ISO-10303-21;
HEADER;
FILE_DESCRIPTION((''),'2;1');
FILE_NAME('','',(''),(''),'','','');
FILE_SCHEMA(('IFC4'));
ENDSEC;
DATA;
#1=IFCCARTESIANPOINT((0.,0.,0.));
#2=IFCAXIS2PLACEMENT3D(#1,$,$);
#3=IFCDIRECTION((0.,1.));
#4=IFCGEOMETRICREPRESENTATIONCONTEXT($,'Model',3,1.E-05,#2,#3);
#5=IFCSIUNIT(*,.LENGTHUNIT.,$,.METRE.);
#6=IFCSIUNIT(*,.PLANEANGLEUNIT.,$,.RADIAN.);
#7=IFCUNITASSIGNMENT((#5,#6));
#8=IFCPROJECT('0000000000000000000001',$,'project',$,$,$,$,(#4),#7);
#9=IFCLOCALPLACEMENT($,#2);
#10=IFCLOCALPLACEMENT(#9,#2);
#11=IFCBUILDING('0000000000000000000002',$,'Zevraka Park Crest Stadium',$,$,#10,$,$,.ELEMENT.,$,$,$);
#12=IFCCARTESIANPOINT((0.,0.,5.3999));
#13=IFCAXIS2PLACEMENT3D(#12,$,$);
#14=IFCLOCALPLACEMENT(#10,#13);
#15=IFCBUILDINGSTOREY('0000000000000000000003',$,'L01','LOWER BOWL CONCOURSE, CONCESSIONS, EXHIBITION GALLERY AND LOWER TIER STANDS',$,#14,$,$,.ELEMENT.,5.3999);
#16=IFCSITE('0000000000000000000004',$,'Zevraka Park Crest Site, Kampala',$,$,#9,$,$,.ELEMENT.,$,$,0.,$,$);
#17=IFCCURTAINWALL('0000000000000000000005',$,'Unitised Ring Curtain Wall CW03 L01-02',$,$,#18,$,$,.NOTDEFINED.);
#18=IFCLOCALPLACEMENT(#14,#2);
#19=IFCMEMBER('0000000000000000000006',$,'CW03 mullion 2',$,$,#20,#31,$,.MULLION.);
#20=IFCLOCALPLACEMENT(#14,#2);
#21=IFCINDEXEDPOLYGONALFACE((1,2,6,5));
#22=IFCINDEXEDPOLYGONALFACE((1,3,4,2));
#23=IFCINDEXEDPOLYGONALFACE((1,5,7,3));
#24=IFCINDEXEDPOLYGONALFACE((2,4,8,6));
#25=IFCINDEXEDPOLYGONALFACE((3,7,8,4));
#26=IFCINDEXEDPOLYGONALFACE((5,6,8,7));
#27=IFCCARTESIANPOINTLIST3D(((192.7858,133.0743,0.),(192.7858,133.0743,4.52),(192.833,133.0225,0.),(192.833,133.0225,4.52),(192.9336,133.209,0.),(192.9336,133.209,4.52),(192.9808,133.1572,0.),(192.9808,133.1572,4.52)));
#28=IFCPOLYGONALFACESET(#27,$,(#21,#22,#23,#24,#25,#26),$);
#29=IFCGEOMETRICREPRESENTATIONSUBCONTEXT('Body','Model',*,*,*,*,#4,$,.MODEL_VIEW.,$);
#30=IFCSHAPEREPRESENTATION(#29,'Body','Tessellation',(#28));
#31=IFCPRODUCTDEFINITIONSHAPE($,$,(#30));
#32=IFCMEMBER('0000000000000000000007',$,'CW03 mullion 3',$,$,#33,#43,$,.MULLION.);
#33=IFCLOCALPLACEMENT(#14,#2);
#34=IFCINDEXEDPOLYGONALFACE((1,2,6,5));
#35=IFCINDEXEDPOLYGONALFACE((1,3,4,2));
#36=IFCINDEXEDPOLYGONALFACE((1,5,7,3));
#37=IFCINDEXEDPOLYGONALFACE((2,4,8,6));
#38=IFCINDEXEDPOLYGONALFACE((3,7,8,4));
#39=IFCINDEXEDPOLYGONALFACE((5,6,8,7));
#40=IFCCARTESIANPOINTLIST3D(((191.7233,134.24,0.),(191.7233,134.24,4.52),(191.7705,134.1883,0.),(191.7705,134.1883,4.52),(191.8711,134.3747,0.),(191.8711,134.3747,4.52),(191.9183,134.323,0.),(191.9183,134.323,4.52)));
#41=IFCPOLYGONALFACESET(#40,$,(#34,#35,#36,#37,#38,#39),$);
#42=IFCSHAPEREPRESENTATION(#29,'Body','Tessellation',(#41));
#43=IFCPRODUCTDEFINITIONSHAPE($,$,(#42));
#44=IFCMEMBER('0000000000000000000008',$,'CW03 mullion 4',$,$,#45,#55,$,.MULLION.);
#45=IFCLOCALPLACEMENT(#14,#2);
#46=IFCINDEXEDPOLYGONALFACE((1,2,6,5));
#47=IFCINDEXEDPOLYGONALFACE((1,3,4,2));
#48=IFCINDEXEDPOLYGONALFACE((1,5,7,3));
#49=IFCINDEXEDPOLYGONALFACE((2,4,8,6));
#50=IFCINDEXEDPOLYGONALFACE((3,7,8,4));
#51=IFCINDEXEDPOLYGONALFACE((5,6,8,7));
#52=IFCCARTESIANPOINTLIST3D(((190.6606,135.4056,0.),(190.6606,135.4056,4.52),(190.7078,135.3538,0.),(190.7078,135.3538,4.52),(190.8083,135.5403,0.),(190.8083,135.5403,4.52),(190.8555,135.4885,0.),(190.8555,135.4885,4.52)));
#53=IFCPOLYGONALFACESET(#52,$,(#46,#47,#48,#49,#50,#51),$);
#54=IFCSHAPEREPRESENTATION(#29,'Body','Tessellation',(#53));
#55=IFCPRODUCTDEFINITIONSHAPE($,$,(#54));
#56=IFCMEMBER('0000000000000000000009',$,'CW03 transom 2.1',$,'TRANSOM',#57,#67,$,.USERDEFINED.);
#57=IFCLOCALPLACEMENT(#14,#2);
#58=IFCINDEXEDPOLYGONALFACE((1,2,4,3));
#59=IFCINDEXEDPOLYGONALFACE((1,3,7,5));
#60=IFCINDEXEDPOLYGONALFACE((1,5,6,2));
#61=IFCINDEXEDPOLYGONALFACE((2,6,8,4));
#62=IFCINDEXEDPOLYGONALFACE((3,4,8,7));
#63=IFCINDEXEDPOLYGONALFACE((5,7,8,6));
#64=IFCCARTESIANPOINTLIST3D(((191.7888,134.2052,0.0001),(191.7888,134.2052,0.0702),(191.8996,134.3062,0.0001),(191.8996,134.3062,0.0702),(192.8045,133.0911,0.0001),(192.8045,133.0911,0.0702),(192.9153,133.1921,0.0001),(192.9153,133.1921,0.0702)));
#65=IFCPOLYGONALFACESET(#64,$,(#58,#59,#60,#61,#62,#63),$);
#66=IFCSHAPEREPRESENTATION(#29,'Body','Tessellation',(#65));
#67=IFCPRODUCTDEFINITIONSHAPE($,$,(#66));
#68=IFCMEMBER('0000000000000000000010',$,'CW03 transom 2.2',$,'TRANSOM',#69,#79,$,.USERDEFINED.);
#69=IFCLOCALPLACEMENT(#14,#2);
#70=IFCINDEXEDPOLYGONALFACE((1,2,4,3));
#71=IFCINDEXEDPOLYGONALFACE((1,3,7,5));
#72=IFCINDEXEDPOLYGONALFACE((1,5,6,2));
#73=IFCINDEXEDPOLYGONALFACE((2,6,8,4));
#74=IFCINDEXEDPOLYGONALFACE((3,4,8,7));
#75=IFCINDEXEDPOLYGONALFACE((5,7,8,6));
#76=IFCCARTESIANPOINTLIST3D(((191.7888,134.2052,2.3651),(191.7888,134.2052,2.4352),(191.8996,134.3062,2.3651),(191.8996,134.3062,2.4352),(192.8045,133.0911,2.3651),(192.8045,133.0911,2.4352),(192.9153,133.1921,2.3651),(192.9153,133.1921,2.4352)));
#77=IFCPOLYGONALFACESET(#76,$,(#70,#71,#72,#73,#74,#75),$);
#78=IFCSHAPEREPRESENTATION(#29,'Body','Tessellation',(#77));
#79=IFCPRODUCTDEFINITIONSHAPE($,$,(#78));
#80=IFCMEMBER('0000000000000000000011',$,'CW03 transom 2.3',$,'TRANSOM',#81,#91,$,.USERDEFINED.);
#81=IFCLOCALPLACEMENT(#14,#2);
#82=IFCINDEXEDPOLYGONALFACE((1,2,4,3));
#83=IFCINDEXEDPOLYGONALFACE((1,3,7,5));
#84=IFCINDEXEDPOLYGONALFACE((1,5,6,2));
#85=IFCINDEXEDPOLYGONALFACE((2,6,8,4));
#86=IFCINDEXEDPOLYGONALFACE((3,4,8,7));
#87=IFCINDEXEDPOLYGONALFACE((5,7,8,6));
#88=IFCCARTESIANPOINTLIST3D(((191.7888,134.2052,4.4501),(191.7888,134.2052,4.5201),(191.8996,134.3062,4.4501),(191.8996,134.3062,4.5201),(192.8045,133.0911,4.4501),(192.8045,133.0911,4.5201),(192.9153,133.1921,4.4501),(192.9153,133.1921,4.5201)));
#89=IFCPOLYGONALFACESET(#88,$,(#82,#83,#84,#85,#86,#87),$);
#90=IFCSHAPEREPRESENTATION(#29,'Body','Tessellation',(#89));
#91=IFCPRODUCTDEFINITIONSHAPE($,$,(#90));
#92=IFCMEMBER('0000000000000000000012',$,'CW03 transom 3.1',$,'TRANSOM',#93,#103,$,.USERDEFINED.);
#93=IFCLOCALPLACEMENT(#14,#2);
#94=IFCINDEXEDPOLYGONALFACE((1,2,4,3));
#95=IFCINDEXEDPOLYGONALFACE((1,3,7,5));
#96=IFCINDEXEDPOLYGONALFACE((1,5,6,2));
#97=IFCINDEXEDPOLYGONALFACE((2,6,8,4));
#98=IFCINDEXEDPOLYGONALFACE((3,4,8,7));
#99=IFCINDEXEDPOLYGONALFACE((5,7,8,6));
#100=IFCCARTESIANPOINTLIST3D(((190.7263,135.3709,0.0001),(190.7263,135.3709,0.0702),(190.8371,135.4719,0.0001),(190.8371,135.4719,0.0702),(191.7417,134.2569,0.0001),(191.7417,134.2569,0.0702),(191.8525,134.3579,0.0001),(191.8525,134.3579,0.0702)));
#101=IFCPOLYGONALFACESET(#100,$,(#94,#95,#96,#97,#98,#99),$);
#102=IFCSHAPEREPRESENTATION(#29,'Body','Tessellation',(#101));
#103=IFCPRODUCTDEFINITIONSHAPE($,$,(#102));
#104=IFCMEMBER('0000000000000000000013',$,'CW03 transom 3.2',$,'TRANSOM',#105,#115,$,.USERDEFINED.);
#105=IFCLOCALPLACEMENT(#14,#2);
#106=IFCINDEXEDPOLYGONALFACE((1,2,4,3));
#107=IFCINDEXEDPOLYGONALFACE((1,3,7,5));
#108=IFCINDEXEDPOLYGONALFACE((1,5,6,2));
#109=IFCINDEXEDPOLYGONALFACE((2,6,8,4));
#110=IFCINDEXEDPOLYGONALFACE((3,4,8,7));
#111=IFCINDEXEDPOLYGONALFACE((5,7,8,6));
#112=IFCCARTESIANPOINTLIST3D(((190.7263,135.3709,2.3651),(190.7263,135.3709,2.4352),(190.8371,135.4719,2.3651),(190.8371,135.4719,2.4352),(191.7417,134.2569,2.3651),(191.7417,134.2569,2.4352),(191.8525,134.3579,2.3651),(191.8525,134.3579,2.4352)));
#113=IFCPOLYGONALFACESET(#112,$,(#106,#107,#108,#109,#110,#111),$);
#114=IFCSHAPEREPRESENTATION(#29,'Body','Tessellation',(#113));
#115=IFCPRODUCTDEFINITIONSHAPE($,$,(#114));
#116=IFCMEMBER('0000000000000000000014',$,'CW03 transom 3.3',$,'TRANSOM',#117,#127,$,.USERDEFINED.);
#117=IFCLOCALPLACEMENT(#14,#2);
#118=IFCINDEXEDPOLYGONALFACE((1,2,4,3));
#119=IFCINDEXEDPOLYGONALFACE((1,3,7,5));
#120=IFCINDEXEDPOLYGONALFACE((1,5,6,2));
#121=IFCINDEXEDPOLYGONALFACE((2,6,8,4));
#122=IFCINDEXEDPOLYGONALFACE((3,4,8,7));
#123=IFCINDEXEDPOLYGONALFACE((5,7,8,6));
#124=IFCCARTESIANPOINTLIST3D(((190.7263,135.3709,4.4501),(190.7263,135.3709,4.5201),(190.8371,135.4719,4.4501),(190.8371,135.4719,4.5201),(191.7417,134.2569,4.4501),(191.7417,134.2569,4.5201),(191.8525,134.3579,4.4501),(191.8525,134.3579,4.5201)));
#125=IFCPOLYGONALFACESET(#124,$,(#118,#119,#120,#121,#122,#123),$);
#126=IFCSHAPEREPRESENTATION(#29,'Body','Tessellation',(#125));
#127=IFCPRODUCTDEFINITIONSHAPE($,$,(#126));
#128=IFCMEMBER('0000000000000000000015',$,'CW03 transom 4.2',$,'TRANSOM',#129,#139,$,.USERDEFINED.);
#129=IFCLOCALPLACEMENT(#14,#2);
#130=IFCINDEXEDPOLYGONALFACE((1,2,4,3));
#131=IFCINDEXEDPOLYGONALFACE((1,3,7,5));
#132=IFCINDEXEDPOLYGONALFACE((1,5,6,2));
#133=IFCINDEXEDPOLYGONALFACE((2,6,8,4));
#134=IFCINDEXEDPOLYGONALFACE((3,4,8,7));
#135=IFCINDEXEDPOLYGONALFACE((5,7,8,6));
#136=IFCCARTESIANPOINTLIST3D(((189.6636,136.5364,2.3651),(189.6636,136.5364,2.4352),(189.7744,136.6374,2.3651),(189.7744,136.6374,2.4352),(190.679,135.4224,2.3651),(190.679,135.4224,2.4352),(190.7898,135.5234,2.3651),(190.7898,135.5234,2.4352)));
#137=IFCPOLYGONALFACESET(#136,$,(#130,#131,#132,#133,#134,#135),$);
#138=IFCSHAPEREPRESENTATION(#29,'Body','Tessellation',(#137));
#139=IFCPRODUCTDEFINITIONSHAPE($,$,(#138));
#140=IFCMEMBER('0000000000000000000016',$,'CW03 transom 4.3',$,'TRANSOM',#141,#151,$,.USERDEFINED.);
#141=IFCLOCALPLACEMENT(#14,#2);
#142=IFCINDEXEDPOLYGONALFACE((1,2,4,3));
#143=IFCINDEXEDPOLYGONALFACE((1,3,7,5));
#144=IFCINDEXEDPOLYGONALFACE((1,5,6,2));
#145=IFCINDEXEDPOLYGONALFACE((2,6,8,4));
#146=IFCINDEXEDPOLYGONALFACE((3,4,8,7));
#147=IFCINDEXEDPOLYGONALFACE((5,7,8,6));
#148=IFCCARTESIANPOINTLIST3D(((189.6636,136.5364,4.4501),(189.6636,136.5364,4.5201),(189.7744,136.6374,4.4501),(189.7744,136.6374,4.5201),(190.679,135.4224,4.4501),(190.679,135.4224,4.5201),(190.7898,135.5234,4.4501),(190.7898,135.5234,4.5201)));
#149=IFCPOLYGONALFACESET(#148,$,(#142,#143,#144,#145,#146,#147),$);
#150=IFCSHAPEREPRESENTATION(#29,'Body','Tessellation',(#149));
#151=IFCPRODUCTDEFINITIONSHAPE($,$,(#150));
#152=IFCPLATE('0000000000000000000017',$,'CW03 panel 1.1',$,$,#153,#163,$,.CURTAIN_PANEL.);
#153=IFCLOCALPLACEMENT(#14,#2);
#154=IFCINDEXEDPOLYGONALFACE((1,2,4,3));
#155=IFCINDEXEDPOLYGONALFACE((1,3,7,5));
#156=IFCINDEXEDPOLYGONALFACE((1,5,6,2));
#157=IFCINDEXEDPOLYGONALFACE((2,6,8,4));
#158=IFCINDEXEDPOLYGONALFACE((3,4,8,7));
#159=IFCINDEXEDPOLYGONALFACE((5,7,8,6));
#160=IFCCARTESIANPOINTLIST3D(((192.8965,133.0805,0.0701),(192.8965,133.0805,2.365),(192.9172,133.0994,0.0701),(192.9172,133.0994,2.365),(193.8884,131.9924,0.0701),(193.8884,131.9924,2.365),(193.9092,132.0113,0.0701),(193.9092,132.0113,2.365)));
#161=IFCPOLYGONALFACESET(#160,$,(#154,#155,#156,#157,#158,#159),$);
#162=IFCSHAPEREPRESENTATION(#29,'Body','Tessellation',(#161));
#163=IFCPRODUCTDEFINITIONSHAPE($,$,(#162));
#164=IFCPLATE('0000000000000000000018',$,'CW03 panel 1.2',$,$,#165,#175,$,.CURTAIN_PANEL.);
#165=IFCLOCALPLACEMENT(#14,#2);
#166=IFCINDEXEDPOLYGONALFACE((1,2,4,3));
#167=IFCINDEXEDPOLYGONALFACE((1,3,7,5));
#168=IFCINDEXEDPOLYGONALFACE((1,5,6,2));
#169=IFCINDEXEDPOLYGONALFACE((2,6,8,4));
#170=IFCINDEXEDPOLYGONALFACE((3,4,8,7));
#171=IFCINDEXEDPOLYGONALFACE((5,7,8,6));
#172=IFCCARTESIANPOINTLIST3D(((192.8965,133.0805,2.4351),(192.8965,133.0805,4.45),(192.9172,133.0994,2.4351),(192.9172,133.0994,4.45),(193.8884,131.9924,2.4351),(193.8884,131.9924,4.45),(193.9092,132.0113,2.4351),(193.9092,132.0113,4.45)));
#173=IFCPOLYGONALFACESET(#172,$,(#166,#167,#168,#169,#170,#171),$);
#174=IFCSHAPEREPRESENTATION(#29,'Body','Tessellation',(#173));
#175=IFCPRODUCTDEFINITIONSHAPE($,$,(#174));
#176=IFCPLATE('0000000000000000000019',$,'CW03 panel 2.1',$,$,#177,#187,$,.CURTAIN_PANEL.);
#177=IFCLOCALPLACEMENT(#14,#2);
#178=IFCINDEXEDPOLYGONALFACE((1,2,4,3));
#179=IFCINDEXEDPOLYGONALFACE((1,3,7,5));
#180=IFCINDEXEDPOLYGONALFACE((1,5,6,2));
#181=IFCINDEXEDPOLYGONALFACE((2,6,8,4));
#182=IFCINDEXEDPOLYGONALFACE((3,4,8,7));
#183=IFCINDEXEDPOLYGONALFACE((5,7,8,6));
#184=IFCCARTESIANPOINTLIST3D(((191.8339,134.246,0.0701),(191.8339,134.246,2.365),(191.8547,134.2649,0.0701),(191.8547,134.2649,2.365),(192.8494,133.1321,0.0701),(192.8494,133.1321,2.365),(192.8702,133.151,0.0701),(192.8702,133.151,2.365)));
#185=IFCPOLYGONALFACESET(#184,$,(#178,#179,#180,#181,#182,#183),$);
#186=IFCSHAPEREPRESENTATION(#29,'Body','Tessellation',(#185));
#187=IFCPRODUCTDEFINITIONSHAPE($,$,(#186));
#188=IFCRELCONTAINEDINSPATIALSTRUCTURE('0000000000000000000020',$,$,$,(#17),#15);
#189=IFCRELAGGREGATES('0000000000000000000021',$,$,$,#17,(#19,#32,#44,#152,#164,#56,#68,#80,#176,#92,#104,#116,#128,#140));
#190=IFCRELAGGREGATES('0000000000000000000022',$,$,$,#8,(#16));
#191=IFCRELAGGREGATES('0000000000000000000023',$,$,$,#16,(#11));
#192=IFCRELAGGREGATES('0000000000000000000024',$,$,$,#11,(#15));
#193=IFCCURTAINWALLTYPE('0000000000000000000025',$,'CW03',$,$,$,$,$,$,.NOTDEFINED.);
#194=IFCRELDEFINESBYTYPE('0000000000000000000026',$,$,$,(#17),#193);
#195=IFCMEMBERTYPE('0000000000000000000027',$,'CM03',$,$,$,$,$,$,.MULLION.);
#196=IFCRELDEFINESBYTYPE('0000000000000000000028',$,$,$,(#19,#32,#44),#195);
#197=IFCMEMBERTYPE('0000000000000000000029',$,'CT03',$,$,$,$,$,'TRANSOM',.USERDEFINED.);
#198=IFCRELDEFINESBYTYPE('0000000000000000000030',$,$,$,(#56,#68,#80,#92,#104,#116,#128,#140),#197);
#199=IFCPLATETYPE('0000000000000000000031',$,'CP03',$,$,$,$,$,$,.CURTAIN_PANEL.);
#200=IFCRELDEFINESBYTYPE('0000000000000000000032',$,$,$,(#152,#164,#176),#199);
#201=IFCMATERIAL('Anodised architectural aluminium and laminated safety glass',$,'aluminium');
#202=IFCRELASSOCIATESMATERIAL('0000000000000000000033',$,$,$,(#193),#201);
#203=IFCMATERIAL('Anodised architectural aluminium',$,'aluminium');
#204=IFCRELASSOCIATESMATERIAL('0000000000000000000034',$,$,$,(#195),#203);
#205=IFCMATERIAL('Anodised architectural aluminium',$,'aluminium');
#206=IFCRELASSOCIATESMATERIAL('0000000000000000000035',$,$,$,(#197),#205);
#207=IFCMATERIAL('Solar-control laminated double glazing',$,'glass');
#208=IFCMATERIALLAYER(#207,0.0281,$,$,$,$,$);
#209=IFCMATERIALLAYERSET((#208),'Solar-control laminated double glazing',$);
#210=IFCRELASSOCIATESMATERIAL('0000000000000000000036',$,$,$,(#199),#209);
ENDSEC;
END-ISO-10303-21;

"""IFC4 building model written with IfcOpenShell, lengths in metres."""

from ifc_helpers import new_model, si_unit, direction, frame, origin, origin_2d, place, context, subcontext, project, spatial, rectangle, extrude, material, layer, layer_set, material_profile, profile_set, type_object, element, aggregate, save


model = new_model("IFC4")

# Units and contexts
model_context = context("Model", 3, precision=1e-05, world=origin(), true_north=direction((0.0, 1.0)))
body_context = subcontext(model_context, "Body", "Model", "MODEL_VIEW")
ifc_project = project(units=[si_unit("LENGTHUNIT", "METRE"), si_unit("PLANEANGLEUNIT", "RADIAN")], contexts=[model_context])

# Site, building, storey
site_placement = place(None, origin())
site = spatial("IfcSite", under=ifc_project, at=site_placement, Name="Zevraka Park Crest Site, Kampala", CompositionType="ELEMENT", RefElevation=0.0)
building_placement = place(site_placement, origin())
building = spatial("IfcBuilding", under=site, at=building_placement, Name="Zevraka Park Crest Stadium", CompositionType="ELEMENT")
storey_placement = place(building_placement, frame((0.0, 0.0, 5.3999)))
storey = spatial("IfcBuildingStorey", under=building, at=storey_placement, Name="L01", Description="LOWER BOWL CONCOURSE, CONCESSIONS, EXHIBITION GALLERY AND LOWER TIER STANDS", CompositionType="ELEMENT", Elevation=5.3999)

# Curtain wall, members, plates
ifc_material_1 = material(Name="Anodised architectural aluminium and laminated safety glass", Category="aluminium")
curtain_wall_type = type_object("IfcCurtainWallType", Name="CW03", PredefinedType="NOTDEFINED", material=ifc_material_1)
curtain_wall_placement = place(storey_placement, origin())
curtain_wall = element("IfcCurtainWall", 1, at=curtain_wall_placement, inside=storey, type_object=curtain_wall_type, Name="Unitised Ring Curtain Wall CW03 L01-02", PredefinedType="NOTDEFINED")
ifc_material_2 = material(Name="Anodised architectural aluminium", Category="aluminium")
ifc_material_profile_1 = material_profile(ifc_material_2, rectangle(XDim=0.2, YDim=0.0701, at=origin_2d()), Name="ALU MULLION 200x70")
ifc_profile_set_1 = profile_set([ifc_material_profile_1], Name="Anodised architectural aluminium")
member_type_1 = type_object("IfcMemberType", Name="CM03", PredefinedType="MULLION", material=ifc_profile_set_1)
member_1_placement = place(storey_placement, frame((192.8833, 133.1157, 0.0), z_axis=(0.0, 0.0, 1.0), x_axis=(-0.739023, -0.67368, 0.0)))
member_1 = element("IfcMember", 2, at=member_1_placement, type_object=member_type_1, Name="CW03 mullion 2", PredefinedType="MULLION", context=body_context, shape_type="SweptSolid", body=[
    extrude(rectangle(XDim=0.2, YDim=0.0701, at=origin_2d()), origin(), (0.0, 0.0, 1.0), 4.52),
])
member_2_placement = place(storey_placement, frame((191.8208, 134.2815, 0.0), z_axis=(0.0, 0.0, 1.0), x_axis=(-0.739023, -0.67368, 0.0)))
member_2 = element("IfcMember", 3, at=member_2_placement, type_object=member_type_1, Name="CW03 mullion 3", PredefinedType="MULLION", context=body_context, shape_type="SweptSolid", body=[
    extrude(rectangle(XDim=0.2, YDim=0.0701, at=origin_2d()), origin(), (0.0, 0.0, 1.0), 4.52),
])
member_3_placement = place(storey_placement, frame((190.7581, 135.447, 0.0), z_axis=(0.0, 0.0, 1.0), x_axis=(-0.739023, -0.67368, 0.0)))
member_3 = element("IfcMember", 4, at=member_3_placement, type_object=member_type_1, Name="CW03 mullion 4", PredefinedType="MULLION", context=body_context, shape_type="SweptSolid", body=[
    extrude(rectangle(XDim=0.2, YDim=0.0701, at=origin_2d()), origin(), (0.0, 0.0, 1.0), 4.52),
])
ifc_material_3 = material(Name="Anodised architectural aluminium", Category="aluminium")
ifc_material_profile_2 = material_profile(ifc_material_3, rectangle(XDim=0.1499, YDim=0.0701, at=origin_2d()), Name="ALU TRANSOM 150x70")
ifc_profile_set_2 = profile_set([ifc_material_profile_2], Name="Anodised architectural aluminium")
member_type_2 = type_object("IfcMemberType", Name="CT03", ElementType="TRANSOM", PredefinedType="USERDEFINED", material=ifc_profile_set_2)
member_4_placement = place(storey_placement, frame((192.8599, 133.1416, 0.0352), z_axis=(-0.67372, 0.738987, 0.0), x_axis=(-0.738987, -0.67372, 0.0)))
member_4 = element("IfcMember", 5, at=member_4_placement, type_object=member_type_2, Name="CW03 transom 2.1", ObjectType="TRANSOM", PredefinedType="USERDEFINED", context=body_context, shape_type="SweptSolid", body=[
    extrude(rectangle(XDim=0.1499, YDim=0.0701, at=origin_2d()), origin(), (0.0, 0.0, 1.0), 1.5076),
])
member_5_placement = place(storey_placement, frame((192.8599, 133.1416, 2.4001), z_axis=(-0.67372, 0.738987, 0.0), x_axis=(-0.738987, -0.67372, 0.0)))
member_5 = element("IfcMember", 6, at=member_5_placement, type_object=member_type_2, Name="CW03 transom 2.2", ObjectType="TRANSOM", PredefinedType="USERDEFINED", context=body_context, shape_type="SweptSolid", body=[
    extrude(rectangle(XDim=0.1499, YDim=0.0701, at=origin_2d()), origin(), (0.0, 0.0, 1.0), 1.5076),
])
member_6_placement = place(storey_placement, frame((192.8599, 133.1416, 4.4851), z_axis=(-0.67372, 0.738987, 0.0), x_axis=(-0.738987, -0.67372, 0.0)))
member_6 = element("IfcMember", 7, at=member_6_placement, type_object=member_type_2, Name="CW03 transom 2.3", ObjectType="TRANSOM", PredefinedType="USERDEFINED", context=body_context, shape_type="SweptSolid", body=[
    extrude(rectangle(XDim=0.1499, YDim=0.0701, at=origin_2d()), origin(), (0.0, 0.0, 1.0), 1.5076),
])
member_7_placement = place(storey_placement, frame((191.7971, 134.3074, 0.0352), z_axis=(-0.673632, 0.739067, 0.0), x_axis=(-0.739067, -0.673632, 0.0)))
member_7 = element("IfcMember", 8, at=member_7_placement, type_object=member_type_2, Name="CW03 transom 3.1", ObjectType="TRANSOM", PredefinedType="USERDEFINED", context=body_context, shape_type="SweptSolid", body=[
    extrude(rectangle(XDim=0.1499, YDim=0.0701, at=origin_2d()), origin(), (0.0, 0.0, 1.0), 1.5073),
])
member_8_placement = place(storey_placement, frame((191.7971, 134.3074, 2.4001), z_axis=(-0.673632, 0.739067, 0.0), x_axis=(-0.739067, -0.673632, 0.0)))
member_8 = element("IfcMember", 9, at=member_8_placement, type_object=member_type_2, Name="CW03 transom 3.2", ObjectType="TRANSOM", PredefinedType="USERDEFINED", context=body_context, shape_type="SweptSolid", body=[
    extrude(rectangle(XDim=0.1499, YDim=0.0701, at=origin_2d()), origin(), (0.0, 0.0, 1.0), 1.5073),
])
member_9_placement = place(storey_placement, frame((191.7971, 134.3074, 4.4851), z_axis=(-0.673632, 0.739067, 0.0), x_axis=(-0.739067, -0.673632, 0.0)))
member_9 = element("IfcMember", 10, at=member_9_placement, type_object=member_type_2, Name="CW03 transom 3.3", ObjectType="TRANSOM", PredefinedType="USERDEFINED", context=body_context, shape_type="SweptSolid", body=[
    extrude(rectangle(XDim=0.1499, YDim=0.0701, at=origin_2d()), origin(), (0.0, 0.0, 1.0), 1.5073),
])
member_10_placement = place(storey_placement, frame((190.7344, 135.4729, 2.4001), z_axis=(-0.673632, 0.739067, 0.0), x_axis=(-0.739067, -0.673632, 0.0)))
member_10 = element("IfcMember", 11, at=member_10_placement, type_object=member_type_2, Name="CW03 transom 4.2", ObjectType="TRANSOM", PredefinedType="USERDEFINED", context=body_context, shape_type="SweptSolid", body=[
    extrude(rectangle(XDim=0.1499, YDim=0.0701, at=origin_2d()), origin(), (0.0, 0.0, 1.0), 1.5073),
])
member_11_placement = place(storey_placement, frame((190.7344, 135.4729, 4.4851), z_axis=(-0.673632, 0.739067, 0.0), x_axis=(-0.739067, -0.673632, 0.0)))
member_11 = element("IfcMember", 12, at=member_11_placement, type_object=member_type_2, Name="CW03 transom 4.3", ObjectType="TRANSOM", PredefinedType="USERDEFINED", context=body_context, shape_type="SweptSolid", body=[
    extrude(rectangle(XDim=0.1499, YDim=0.0701, at=origin_2d()), origin(), (0.0, 0.0, 1.0), 1.5073),
])
ifc_material_4 = material(Name="Solar-control laminated double glazing", Category="glass")
ifc_layer_1 = layer(ifc_material_4, 0.0281)
ifc_layer_set_1 = layer_set([ifc_layer_1], Name="Solar-control laminated double glazing")
plate_type = type_object("IfcPlateType", Name="CP03", PredefinedType="CURTAIN_PANEL", material=ifc_layer_set_1)
plate_1_placement = place(storey_placement, frame((193.4028, 132.5459, 0.0701), z_axis=(0.0, 0.0, 1.0), x_axis=(-0.67368, 0.739023, 0.0)))
plate_1 = element("IfcPlate", 13, at=plate_1_placement, type_object=plate_type, Name="CW03 panel 1.1", PredefinedType="CURTAIN_PANEL", context=body_context, shape_type="SweptSolid", body=[
    extrude(rectangle(XDim=1.4724, YDim=0.0281, at=origin_2d()), origin(), (0.0, 0.0, 1.0), 2.2949),
])
plate_2_placement = place(storey_placement, frame((193.4028, 132.5459, 2.4351), z_axis=(0.0, 0.0, 1.0), x_axis=(-0.67368, 0.739023, 0.0)))
plate_2 = element("IfcPlate", 14, at=plate_2_placement, type_object=plate_type, Name="CW03 panel 1.2", PredefinedType="CURTAIN_PANEL", context=body_context, shape_type="SweptSolid", body=[
    extrude(rectangle(XDim=1.4724, YDim=0.0281, at=origin_2d()), origin(), (0.0, 0.0, 1.0), 2.0149),
])
plate_3_placement = place(storey_placement, frame((192.3521, 133.6985, 0.0701), z_axis=(0.0, 0.0, 1.0), x_axis=(-0.67368, 0.739023, 0.0)))
plate_3 = element("IfcPlate", 15, at=plate_3_placement, type_object=plate_type, Name="CW03 panel 2.1", PredefinedType="CURTAIN_PANEL", context=body_context, shape_type="SweptSolid", body=[
    extrude(rectangle(XDim=1.5073, YDim=0.0281, at=origin_2d()), origin(), (0.0, 0.0, 1.0), 2.2949),
])
aggregate(curtain_wall, [member_1, member_2, member_3, plate_1, plate_2, member_4, member_5, member_6, plate_3, member_7, member_8, member_9, member_10, member_11])

save(model, "model.ifc")
